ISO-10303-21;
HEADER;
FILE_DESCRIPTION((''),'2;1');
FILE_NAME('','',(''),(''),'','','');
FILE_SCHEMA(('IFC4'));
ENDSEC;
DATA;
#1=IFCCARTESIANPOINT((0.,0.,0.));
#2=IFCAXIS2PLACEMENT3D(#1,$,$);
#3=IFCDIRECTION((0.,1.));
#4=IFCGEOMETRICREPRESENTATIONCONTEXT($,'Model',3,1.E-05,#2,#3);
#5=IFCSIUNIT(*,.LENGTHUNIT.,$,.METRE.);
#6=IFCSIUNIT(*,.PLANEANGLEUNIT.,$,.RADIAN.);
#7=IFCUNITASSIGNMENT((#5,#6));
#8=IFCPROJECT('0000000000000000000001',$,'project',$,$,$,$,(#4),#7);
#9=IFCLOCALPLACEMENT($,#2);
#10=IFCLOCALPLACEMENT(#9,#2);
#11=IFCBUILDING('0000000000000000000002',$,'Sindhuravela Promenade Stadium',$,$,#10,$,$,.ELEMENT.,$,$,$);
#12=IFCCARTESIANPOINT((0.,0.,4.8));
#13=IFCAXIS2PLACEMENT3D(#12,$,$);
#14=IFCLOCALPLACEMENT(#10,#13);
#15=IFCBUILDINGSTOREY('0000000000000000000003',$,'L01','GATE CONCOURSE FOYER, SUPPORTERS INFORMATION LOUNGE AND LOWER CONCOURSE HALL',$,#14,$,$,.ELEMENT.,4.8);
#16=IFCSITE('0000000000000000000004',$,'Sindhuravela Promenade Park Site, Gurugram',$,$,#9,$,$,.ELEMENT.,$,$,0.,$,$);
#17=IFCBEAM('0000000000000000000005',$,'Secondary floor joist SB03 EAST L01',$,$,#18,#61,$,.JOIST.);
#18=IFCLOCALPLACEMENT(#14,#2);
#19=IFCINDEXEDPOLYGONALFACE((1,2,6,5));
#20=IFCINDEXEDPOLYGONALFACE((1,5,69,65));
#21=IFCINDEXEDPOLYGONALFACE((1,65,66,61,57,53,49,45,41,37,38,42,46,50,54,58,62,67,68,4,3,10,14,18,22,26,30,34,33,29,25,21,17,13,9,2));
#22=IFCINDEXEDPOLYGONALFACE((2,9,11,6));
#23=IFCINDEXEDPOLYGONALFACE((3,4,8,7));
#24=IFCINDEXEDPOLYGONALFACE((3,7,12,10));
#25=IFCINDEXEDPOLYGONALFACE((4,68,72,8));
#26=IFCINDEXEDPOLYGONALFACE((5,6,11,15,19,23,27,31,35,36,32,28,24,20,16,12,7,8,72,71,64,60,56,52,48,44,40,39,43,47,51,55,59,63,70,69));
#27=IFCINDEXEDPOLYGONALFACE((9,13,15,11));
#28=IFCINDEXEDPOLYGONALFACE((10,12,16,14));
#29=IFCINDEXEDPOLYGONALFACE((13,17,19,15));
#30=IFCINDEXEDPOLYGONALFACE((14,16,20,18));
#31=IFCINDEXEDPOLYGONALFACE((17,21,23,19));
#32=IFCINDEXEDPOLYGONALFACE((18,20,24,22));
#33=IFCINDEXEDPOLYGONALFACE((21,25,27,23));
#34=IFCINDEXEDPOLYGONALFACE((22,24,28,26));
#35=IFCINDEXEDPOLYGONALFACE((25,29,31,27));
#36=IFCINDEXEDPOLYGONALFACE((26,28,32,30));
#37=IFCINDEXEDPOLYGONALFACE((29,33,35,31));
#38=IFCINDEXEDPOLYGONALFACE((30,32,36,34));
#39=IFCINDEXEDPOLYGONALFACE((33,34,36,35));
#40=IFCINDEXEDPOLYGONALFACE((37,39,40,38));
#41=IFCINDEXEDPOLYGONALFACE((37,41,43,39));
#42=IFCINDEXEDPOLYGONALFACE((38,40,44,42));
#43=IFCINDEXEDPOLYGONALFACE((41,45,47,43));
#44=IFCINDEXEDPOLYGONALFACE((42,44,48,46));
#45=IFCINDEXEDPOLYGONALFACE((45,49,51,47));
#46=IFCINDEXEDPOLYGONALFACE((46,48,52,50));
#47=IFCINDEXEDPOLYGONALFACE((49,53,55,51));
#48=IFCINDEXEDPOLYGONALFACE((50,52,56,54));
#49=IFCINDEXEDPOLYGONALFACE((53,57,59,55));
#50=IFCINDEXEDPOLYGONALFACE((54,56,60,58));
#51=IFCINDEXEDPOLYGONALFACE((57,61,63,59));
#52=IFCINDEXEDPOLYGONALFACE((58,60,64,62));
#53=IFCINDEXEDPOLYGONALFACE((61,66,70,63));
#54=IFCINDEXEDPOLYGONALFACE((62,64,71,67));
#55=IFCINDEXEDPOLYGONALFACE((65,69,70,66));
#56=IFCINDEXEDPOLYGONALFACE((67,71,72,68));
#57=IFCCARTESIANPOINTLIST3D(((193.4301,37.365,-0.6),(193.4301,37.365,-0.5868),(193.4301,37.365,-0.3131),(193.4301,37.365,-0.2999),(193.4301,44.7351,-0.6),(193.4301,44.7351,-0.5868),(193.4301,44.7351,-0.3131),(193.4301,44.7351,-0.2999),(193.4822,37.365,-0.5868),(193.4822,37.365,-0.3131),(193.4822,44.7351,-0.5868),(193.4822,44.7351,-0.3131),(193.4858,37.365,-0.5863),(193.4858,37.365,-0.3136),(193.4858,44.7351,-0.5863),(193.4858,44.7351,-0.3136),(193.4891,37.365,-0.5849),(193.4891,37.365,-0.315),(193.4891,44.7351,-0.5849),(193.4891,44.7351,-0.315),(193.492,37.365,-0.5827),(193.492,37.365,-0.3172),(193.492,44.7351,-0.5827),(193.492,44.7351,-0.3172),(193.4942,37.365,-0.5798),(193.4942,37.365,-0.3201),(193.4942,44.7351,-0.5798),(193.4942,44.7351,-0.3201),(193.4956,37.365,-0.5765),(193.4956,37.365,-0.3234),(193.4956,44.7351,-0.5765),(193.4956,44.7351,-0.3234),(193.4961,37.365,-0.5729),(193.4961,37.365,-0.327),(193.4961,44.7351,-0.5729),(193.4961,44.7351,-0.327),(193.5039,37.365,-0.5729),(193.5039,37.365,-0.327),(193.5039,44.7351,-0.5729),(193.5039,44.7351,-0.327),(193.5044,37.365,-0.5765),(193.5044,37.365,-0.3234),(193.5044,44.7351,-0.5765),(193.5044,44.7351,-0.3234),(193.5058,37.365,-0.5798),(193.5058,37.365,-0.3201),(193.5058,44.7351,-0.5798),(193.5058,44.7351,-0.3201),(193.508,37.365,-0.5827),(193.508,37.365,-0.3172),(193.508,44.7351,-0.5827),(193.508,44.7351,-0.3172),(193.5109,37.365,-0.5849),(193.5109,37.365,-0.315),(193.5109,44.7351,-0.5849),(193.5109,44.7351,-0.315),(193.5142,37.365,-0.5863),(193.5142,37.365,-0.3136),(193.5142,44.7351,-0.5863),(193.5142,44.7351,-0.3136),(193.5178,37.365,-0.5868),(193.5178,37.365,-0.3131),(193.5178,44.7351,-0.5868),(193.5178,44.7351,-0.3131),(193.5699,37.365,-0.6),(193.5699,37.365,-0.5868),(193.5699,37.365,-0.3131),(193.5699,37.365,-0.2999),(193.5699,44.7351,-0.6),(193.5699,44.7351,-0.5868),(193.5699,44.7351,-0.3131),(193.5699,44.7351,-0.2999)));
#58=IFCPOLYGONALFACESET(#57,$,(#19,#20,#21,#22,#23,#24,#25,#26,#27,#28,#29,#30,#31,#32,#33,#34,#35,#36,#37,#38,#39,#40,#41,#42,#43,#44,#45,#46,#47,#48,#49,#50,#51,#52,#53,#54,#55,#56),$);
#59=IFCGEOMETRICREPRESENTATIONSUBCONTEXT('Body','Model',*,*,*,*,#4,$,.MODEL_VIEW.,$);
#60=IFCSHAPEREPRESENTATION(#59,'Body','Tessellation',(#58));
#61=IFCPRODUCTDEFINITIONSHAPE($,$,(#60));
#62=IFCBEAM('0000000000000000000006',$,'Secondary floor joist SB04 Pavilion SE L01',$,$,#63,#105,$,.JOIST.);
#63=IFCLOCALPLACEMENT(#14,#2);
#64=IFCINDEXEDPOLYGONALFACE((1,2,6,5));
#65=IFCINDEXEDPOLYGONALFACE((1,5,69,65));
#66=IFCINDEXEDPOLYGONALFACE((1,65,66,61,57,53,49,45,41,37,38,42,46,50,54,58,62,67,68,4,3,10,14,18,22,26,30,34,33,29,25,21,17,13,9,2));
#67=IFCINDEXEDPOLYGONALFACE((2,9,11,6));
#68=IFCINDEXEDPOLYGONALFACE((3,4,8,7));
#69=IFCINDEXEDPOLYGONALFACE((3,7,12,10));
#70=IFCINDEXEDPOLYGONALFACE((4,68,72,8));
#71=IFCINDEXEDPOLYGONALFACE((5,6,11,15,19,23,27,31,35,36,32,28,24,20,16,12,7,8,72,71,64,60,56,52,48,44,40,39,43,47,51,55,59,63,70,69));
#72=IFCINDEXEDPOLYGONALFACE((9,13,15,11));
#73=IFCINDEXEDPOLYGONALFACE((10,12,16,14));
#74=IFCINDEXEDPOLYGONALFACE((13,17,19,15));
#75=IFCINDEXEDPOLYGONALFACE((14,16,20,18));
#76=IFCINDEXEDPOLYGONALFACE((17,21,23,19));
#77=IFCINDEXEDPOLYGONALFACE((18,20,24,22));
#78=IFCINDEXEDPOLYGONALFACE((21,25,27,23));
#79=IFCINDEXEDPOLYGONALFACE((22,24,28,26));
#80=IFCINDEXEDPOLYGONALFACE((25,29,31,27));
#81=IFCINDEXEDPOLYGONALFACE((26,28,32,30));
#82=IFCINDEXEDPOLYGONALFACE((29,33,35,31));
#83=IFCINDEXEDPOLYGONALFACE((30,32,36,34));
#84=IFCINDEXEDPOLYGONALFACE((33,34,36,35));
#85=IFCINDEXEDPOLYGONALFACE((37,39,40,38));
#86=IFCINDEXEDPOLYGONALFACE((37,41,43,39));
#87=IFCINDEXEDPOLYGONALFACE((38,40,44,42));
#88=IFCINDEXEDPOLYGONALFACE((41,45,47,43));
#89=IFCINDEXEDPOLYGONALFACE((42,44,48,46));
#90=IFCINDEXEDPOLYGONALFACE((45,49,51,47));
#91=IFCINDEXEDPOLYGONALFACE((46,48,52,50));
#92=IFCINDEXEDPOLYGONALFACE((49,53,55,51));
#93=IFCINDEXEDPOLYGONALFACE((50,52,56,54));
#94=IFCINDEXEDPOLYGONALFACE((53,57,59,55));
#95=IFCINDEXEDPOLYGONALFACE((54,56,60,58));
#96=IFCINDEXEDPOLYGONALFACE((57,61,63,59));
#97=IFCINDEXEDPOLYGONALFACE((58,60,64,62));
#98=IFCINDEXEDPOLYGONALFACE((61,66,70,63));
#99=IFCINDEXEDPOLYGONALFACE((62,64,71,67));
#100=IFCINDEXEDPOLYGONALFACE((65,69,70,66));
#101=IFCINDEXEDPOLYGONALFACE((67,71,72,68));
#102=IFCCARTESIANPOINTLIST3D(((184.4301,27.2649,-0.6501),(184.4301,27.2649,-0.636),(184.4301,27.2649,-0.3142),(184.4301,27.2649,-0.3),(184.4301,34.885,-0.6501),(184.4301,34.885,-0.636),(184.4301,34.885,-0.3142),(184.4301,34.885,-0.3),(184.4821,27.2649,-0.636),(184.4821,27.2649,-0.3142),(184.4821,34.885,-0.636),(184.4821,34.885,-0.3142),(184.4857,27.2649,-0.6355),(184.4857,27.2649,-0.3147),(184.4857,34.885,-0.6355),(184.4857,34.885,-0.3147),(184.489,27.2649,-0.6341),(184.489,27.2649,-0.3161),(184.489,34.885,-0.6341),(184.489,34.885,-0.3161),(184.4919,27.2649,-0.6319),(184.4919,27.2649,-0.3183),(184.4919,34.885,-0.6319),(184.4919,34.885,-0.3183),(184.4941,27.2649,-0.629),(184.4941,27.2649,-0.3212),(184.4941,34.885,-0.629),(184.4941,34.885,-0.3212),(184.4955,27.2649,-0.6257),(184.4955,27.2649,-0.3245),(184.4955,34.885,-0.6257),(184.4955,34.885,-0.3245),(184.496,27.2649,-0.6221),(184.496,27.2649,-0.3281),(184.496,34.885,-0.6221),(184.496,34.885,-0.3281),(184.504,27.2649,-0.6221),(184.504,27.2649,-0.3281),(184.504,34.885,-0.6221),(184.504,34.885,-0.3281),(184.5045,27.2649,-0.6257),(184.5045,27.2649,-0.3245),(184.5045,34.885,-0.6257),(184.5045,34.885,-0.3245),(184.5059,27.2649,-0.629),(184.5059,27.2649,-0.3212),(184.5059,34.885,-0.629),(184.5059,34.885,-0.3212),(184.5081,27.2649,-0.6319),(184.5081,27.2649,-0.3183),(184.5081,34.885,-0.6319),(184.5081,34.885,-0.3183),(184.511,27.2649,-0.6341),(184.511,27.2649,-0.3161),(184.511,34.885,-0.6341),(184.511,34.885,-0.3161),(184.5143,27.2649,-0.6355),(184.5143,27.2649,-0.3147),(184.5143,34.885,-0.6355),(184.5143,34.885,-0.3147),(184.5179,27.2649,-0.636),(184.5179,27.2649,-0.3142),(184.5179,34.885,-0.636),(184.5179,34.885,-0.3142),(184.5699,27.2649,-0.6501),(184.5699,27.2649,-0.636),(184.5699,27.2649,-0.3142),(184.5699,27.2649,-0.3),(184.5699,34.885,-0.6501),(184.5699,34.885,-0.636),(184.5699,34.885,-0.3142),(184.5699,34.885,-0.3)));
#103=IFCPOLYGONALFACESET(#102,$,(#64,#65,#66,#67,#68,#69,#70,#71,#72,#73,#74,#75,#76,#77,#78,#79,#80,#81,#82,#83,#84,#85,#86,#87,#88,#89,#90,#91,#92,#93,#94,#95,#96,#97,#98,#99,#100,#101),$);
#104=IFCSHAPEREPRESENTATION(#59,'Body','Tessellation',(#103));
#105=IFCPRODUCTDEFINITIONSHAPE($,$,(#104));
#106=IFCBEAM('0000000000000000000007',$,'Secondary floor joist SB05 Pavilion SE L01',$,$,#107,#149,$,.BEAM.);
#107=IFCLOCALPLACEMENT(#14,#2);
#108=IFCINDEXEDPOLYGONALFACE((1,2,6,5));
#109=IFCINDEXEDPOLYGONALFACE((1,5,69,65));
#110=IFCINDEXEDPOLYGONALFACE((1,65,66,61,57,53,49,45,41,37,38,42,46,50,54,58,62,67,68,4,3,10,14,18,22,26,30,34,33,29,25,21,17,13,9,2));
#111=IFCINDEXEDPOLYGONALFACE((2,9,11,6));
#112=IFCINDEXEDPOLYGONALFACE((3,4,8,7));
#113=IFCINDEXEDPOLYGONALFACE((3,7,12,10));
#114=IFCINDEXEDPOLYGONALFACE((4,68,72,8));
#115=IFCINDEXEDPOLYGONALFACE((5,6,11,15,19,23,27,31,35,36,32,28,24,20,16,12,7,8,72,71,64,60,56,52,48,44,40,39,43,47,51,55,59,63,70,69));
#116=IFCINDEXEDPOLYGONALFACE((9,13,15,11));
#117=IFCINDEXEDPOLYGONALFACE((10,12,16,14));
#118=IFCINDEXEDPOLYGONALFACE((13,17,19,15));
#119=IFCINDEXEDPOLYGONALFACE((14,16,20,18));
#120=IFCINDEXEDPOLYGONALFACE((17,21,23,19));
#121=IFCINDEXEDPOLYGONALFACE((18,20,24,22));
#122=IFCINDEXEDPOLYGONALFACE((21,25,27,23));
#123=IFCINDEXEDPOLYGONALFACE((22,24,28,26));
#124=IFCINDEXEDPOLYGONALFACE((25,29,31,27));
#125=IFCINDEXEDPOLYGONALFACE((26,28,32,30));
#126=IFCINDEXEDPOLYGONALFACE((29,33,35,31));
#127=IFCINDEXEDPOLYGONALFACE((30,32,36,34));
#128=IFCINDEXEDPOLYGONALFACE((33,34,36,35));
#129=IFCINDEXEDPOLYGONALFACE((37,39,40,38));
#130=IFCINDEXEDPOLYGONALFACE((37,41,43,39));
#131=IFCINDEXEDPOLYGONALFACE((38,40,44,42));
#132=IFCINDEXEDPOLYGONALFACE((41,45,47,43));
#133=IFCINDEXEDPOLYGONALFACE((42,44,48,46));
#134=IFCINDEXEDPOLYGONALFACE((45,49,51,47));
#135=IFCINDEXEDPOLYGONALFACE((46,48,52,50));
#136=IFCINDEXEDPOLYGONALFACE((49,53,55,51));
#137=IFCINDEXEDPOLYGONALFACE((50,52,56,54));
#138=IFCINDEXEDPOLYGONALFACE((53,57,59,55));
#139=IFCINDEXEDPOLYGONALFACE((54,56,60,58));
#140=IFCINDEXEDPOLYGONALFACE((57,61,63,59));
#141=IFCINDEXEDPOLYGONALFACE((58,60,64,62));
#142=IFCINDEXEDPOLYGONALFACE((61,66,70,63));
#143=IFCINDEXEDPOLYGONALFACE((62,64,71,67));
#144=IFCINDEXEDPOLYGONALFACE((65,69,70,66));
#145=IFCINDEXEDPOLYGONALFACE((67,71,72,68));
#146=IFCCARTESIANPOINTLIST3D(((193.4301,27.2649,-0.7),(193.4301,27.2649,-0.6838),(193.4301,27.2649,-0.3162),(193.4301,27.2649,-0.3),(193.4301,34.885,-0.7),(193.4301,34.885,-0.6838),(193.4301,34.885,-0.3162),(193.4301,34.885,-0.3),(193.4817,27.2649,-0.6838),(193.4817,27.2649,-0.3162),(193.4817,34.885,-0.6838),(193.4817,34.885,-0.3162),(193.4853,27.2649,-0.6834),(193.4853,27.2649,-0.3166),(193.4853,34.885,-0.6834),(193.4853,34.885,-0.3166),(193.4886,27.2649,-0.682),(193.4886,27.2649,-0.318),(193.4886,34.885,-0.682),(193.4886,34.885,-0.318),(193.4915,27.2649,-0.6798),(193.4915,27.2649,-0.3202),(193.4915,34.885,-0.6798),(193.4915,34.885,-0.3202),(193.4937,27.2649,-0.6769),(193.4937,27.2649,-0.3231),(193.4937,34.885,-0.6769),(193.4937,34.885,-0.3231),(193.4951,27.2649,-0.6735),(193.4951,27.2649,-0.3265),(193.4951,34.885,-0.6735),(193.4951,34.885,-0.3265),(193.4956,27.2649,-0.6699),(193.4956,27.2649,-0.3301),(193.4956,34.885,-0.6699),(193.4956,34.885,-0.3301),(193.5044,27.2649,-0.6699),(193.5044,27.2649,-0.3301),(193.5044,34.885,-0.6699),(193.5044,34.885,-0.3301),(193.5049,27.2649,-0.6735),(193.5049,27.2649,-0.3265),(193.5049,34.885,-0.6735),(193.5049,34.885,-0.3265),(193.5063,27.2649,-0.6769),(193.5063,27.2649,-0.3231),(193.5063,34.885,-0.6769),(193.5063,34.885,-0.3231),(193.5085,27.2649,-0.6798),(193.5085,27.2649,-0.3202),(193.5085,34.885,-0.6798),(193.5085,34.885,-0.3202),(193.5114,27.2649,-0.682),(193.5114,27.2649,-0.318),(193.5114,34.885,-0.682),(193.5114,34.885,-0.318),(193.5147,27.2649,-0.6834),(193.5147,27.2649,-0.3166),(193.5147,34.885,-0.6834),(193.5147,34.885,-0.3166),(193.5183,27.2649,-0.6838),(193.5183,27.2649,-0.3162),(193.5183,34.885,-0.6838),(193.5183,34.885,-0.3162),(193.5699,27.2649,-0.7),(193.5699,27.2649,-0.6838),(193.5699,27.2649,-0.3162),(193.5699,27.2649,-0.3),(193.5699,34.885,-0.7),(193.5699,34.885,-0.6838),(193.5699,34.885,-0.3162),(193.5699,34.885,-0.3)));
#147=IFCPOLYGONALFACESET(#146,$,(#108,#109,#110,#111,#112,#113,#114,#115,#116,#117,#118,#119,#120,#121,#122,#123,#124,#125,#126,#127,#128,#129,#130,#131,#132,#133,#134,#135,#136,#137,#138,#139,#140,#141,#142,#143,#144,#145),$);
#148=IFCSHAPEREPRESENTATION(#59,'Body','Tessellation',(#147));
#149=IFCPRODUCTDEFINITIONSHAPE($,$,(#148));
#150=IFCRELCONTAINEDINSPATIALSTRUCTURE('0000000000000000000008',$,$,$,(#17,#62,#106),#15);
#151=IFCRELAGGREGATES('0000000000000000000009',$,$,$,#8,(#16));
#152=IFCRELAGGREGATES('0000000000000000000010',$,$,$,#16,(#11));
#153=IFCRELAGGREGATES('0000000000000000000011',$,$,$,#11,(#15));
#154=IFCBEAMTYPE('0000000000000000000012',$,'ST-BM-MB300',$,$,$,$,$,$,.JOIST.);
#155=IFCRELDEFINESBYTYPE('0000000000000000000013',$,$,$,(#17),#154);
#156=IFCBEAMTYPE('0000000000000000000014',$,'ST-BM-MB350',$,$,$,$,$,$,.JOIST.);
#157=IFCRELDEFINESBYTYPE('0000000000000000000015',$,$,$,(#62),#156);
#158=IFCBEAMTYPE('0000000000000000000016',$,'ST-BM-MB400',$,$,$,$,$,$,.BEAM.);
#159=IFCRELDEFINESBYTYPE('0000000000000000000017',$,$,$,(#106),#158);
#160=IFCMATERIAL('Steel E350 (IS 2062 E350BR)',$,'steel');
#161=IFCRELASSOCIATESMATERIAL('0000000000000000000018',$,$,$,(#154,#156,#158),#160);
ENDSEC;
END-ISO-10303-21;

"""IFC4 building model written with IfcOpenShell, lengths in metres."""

from ifc_helpers import new_model, si_unit, direction, frame, origin, origin_2d, place, context, subcontext, project, spatial, i_section, extrude, material, material_profile, profile_set, type_object, element, save


model = new_model("IFC4")

# Units and contexts
model_context = context("Model", 3, precision=1e-05, world=origin(), true_north=direction((0.0, 1.0)))
body_context = subcontext(model_context, "Body", "Model", "MODEL_VIEW")
ifc_project = project(units=[si_unit("LENGTHUNIT", "METRE"), si_unit("PLANEANGLEUNIT", "RADIAN")], contexts=[model_context])

# Site, building, storey
site_placement = place(None, origin())
site = spatial("IfcSite", under=ifc_project, at=site_placement, Name="Sindhuravela Promenade Park Site, Gurugram", CompositionType="ELEMENT", RefElevation=0.0)
building_placement = place(site_placement, origin())
building = spatial("IfcBuilding", under=site, at=building_placement, Name="Sindhuravela Promenade Stadium", CompositionType="ELEMENT")
storey_placement = place(building_placement, frame((0.0, 0.0, 4.8)))
storey = spatial("IfcBuildingStorey", under=building, at=storey_placement, Name="L01", Description="GATE CONCOURSE FOYER, SUPPORTERS INFORMATION LOUNGE AND LOWER CONCOURSE HALL", CompositionType="ELEMENT", Elevation=4.8)

# Beams
ifc_material_1 = material(Name="Steel E350 (IS 2062 E350BR)", Category="steel")
ifc_material_profile_1 = material_profile(ifc_material_1, i_section(OverallWidth=0.1399, OverallDepth=0.3, WebThickness=0.0078, FlangeThickness=0.0132, FilletRadius=0.0139, at=origin_2d()), Name="ISMB 300")
ifc_profile_set_1 = profile_set([ifc_material_profile_1], Name="Steel E350 (IS 2062 E350BR)")
beam_type_1 = type_object("IfcBeamType", Name="ST-BM-MB300", PredefinedType="JOIST", material=ifc_profile_set_1)
beam_1_placement = place(storey_placement, frame((193.5, 37.365, -0.45), z_axis=(0.0, 1.0, 0.0), x_axis=(-1.0, 0.0, 0.0)))
element("IfcBeam", 1, at=beam_1_placement, inside=storey, type_object=beam_type_1, Name="Secondary floor joist SB03 EAST L01", PredefinedType="JOIST", context=body_context, shape_type="SweptSolid", body=[
    extrude(i_section(OverallWidth=0.1399, OverallDepth=0.3, WebThickness=0.0078, FlangeThickness=0.0132, FilletRadius=0.0139, at=origin_2d()), origin(), (0.0, 0.0, 1.0), 7.3701),
])
ifc_material_profile_2 = material_profile(ifc_material_1, i_section(OverallWidth=0.1399, OverallDepth=0.3501, WebThickness=0.0081, FlangeThickness=0.0142, FilletRadius=0.0139, at=origin_2d()), Name="ISMB 350")
ifc_profile_set_2 = profile_set([ifc_material_profile_2], Name="Steel E350 (IS 2062 E350BR)")
beam_type_2 = type_object("IfcBeamType", Name="ST-BM-MB350", PredefinedType="JOIST", material=ifc_profile_set_2)
beam_2_placement = place(storey_placement, frame((184.5, 27.2649, -0.4751), z_axis=(0.0, 1.0, 0.0), x_axis=(-1.0, 0.0, 0.0)))
element("IfcBeam", 2, at=beam_2_placement, inside=storey, type_object=beam_type_2, Name="Secondary floor joist SB04 Pavilion SE L01", PredefinedType="JOIST", context=body_context, shape_type="SweptSolid", body=[
    extrude(i_section(OverallWidth=0.1399, OverallDepth=0.3501, WebThickness=0.0081, FlangeThickness=0.0142, FilletRadius=0.0139, at=origin_2d()), origin(), (0.0, 0.0, 1.0), 7.6201),
])
ifc_material_profile_3 = material_profile(ifc_material_1, i_section(OverallWidth=0.1399, OverallDepth=0.3999, WebThickness=0.0088, FlangeThickness=0.0161, FilletRadius=0.0139, at=origin_2d()), Name="ISMB 400")
ifc_profile_set_3 = profile_set([ifc_material_profile_3], Name="Steel E350 (IS 2062 E350BR)")
beam_type_3 = type_object("IfcBeamType", Name="ST-BM-MB400", PredefinedType="BEAM", material=ifc_profile_set_3)
beam_3_placement = place(storey_placement, frame((193.5, 27.2649, -0.5), z_axis=(0.0, 1.0, 0.0), x_axis=(-1.0, 0.0, 0.0)))
element("IfcBeam", 3, at=beam_3_placement, inside=storey, type_object=beam_type_3, Name="Secondary floor joist SB05 Pavilion SE L01", PredefinedType="BEAM", context=body_context, shape_type="SweptSolid", body=[
    extrude(i_section(OverallWidth=0.1399, OverallDepth=0.3999, WebThickness=0.0088, FlangeThickness=0.0161, FilletRadius=0.0139, at=origin_2d()), origin(), (0.0, 0.0, 1.0), 7.6201),
])

save(model, "model.ifc")
